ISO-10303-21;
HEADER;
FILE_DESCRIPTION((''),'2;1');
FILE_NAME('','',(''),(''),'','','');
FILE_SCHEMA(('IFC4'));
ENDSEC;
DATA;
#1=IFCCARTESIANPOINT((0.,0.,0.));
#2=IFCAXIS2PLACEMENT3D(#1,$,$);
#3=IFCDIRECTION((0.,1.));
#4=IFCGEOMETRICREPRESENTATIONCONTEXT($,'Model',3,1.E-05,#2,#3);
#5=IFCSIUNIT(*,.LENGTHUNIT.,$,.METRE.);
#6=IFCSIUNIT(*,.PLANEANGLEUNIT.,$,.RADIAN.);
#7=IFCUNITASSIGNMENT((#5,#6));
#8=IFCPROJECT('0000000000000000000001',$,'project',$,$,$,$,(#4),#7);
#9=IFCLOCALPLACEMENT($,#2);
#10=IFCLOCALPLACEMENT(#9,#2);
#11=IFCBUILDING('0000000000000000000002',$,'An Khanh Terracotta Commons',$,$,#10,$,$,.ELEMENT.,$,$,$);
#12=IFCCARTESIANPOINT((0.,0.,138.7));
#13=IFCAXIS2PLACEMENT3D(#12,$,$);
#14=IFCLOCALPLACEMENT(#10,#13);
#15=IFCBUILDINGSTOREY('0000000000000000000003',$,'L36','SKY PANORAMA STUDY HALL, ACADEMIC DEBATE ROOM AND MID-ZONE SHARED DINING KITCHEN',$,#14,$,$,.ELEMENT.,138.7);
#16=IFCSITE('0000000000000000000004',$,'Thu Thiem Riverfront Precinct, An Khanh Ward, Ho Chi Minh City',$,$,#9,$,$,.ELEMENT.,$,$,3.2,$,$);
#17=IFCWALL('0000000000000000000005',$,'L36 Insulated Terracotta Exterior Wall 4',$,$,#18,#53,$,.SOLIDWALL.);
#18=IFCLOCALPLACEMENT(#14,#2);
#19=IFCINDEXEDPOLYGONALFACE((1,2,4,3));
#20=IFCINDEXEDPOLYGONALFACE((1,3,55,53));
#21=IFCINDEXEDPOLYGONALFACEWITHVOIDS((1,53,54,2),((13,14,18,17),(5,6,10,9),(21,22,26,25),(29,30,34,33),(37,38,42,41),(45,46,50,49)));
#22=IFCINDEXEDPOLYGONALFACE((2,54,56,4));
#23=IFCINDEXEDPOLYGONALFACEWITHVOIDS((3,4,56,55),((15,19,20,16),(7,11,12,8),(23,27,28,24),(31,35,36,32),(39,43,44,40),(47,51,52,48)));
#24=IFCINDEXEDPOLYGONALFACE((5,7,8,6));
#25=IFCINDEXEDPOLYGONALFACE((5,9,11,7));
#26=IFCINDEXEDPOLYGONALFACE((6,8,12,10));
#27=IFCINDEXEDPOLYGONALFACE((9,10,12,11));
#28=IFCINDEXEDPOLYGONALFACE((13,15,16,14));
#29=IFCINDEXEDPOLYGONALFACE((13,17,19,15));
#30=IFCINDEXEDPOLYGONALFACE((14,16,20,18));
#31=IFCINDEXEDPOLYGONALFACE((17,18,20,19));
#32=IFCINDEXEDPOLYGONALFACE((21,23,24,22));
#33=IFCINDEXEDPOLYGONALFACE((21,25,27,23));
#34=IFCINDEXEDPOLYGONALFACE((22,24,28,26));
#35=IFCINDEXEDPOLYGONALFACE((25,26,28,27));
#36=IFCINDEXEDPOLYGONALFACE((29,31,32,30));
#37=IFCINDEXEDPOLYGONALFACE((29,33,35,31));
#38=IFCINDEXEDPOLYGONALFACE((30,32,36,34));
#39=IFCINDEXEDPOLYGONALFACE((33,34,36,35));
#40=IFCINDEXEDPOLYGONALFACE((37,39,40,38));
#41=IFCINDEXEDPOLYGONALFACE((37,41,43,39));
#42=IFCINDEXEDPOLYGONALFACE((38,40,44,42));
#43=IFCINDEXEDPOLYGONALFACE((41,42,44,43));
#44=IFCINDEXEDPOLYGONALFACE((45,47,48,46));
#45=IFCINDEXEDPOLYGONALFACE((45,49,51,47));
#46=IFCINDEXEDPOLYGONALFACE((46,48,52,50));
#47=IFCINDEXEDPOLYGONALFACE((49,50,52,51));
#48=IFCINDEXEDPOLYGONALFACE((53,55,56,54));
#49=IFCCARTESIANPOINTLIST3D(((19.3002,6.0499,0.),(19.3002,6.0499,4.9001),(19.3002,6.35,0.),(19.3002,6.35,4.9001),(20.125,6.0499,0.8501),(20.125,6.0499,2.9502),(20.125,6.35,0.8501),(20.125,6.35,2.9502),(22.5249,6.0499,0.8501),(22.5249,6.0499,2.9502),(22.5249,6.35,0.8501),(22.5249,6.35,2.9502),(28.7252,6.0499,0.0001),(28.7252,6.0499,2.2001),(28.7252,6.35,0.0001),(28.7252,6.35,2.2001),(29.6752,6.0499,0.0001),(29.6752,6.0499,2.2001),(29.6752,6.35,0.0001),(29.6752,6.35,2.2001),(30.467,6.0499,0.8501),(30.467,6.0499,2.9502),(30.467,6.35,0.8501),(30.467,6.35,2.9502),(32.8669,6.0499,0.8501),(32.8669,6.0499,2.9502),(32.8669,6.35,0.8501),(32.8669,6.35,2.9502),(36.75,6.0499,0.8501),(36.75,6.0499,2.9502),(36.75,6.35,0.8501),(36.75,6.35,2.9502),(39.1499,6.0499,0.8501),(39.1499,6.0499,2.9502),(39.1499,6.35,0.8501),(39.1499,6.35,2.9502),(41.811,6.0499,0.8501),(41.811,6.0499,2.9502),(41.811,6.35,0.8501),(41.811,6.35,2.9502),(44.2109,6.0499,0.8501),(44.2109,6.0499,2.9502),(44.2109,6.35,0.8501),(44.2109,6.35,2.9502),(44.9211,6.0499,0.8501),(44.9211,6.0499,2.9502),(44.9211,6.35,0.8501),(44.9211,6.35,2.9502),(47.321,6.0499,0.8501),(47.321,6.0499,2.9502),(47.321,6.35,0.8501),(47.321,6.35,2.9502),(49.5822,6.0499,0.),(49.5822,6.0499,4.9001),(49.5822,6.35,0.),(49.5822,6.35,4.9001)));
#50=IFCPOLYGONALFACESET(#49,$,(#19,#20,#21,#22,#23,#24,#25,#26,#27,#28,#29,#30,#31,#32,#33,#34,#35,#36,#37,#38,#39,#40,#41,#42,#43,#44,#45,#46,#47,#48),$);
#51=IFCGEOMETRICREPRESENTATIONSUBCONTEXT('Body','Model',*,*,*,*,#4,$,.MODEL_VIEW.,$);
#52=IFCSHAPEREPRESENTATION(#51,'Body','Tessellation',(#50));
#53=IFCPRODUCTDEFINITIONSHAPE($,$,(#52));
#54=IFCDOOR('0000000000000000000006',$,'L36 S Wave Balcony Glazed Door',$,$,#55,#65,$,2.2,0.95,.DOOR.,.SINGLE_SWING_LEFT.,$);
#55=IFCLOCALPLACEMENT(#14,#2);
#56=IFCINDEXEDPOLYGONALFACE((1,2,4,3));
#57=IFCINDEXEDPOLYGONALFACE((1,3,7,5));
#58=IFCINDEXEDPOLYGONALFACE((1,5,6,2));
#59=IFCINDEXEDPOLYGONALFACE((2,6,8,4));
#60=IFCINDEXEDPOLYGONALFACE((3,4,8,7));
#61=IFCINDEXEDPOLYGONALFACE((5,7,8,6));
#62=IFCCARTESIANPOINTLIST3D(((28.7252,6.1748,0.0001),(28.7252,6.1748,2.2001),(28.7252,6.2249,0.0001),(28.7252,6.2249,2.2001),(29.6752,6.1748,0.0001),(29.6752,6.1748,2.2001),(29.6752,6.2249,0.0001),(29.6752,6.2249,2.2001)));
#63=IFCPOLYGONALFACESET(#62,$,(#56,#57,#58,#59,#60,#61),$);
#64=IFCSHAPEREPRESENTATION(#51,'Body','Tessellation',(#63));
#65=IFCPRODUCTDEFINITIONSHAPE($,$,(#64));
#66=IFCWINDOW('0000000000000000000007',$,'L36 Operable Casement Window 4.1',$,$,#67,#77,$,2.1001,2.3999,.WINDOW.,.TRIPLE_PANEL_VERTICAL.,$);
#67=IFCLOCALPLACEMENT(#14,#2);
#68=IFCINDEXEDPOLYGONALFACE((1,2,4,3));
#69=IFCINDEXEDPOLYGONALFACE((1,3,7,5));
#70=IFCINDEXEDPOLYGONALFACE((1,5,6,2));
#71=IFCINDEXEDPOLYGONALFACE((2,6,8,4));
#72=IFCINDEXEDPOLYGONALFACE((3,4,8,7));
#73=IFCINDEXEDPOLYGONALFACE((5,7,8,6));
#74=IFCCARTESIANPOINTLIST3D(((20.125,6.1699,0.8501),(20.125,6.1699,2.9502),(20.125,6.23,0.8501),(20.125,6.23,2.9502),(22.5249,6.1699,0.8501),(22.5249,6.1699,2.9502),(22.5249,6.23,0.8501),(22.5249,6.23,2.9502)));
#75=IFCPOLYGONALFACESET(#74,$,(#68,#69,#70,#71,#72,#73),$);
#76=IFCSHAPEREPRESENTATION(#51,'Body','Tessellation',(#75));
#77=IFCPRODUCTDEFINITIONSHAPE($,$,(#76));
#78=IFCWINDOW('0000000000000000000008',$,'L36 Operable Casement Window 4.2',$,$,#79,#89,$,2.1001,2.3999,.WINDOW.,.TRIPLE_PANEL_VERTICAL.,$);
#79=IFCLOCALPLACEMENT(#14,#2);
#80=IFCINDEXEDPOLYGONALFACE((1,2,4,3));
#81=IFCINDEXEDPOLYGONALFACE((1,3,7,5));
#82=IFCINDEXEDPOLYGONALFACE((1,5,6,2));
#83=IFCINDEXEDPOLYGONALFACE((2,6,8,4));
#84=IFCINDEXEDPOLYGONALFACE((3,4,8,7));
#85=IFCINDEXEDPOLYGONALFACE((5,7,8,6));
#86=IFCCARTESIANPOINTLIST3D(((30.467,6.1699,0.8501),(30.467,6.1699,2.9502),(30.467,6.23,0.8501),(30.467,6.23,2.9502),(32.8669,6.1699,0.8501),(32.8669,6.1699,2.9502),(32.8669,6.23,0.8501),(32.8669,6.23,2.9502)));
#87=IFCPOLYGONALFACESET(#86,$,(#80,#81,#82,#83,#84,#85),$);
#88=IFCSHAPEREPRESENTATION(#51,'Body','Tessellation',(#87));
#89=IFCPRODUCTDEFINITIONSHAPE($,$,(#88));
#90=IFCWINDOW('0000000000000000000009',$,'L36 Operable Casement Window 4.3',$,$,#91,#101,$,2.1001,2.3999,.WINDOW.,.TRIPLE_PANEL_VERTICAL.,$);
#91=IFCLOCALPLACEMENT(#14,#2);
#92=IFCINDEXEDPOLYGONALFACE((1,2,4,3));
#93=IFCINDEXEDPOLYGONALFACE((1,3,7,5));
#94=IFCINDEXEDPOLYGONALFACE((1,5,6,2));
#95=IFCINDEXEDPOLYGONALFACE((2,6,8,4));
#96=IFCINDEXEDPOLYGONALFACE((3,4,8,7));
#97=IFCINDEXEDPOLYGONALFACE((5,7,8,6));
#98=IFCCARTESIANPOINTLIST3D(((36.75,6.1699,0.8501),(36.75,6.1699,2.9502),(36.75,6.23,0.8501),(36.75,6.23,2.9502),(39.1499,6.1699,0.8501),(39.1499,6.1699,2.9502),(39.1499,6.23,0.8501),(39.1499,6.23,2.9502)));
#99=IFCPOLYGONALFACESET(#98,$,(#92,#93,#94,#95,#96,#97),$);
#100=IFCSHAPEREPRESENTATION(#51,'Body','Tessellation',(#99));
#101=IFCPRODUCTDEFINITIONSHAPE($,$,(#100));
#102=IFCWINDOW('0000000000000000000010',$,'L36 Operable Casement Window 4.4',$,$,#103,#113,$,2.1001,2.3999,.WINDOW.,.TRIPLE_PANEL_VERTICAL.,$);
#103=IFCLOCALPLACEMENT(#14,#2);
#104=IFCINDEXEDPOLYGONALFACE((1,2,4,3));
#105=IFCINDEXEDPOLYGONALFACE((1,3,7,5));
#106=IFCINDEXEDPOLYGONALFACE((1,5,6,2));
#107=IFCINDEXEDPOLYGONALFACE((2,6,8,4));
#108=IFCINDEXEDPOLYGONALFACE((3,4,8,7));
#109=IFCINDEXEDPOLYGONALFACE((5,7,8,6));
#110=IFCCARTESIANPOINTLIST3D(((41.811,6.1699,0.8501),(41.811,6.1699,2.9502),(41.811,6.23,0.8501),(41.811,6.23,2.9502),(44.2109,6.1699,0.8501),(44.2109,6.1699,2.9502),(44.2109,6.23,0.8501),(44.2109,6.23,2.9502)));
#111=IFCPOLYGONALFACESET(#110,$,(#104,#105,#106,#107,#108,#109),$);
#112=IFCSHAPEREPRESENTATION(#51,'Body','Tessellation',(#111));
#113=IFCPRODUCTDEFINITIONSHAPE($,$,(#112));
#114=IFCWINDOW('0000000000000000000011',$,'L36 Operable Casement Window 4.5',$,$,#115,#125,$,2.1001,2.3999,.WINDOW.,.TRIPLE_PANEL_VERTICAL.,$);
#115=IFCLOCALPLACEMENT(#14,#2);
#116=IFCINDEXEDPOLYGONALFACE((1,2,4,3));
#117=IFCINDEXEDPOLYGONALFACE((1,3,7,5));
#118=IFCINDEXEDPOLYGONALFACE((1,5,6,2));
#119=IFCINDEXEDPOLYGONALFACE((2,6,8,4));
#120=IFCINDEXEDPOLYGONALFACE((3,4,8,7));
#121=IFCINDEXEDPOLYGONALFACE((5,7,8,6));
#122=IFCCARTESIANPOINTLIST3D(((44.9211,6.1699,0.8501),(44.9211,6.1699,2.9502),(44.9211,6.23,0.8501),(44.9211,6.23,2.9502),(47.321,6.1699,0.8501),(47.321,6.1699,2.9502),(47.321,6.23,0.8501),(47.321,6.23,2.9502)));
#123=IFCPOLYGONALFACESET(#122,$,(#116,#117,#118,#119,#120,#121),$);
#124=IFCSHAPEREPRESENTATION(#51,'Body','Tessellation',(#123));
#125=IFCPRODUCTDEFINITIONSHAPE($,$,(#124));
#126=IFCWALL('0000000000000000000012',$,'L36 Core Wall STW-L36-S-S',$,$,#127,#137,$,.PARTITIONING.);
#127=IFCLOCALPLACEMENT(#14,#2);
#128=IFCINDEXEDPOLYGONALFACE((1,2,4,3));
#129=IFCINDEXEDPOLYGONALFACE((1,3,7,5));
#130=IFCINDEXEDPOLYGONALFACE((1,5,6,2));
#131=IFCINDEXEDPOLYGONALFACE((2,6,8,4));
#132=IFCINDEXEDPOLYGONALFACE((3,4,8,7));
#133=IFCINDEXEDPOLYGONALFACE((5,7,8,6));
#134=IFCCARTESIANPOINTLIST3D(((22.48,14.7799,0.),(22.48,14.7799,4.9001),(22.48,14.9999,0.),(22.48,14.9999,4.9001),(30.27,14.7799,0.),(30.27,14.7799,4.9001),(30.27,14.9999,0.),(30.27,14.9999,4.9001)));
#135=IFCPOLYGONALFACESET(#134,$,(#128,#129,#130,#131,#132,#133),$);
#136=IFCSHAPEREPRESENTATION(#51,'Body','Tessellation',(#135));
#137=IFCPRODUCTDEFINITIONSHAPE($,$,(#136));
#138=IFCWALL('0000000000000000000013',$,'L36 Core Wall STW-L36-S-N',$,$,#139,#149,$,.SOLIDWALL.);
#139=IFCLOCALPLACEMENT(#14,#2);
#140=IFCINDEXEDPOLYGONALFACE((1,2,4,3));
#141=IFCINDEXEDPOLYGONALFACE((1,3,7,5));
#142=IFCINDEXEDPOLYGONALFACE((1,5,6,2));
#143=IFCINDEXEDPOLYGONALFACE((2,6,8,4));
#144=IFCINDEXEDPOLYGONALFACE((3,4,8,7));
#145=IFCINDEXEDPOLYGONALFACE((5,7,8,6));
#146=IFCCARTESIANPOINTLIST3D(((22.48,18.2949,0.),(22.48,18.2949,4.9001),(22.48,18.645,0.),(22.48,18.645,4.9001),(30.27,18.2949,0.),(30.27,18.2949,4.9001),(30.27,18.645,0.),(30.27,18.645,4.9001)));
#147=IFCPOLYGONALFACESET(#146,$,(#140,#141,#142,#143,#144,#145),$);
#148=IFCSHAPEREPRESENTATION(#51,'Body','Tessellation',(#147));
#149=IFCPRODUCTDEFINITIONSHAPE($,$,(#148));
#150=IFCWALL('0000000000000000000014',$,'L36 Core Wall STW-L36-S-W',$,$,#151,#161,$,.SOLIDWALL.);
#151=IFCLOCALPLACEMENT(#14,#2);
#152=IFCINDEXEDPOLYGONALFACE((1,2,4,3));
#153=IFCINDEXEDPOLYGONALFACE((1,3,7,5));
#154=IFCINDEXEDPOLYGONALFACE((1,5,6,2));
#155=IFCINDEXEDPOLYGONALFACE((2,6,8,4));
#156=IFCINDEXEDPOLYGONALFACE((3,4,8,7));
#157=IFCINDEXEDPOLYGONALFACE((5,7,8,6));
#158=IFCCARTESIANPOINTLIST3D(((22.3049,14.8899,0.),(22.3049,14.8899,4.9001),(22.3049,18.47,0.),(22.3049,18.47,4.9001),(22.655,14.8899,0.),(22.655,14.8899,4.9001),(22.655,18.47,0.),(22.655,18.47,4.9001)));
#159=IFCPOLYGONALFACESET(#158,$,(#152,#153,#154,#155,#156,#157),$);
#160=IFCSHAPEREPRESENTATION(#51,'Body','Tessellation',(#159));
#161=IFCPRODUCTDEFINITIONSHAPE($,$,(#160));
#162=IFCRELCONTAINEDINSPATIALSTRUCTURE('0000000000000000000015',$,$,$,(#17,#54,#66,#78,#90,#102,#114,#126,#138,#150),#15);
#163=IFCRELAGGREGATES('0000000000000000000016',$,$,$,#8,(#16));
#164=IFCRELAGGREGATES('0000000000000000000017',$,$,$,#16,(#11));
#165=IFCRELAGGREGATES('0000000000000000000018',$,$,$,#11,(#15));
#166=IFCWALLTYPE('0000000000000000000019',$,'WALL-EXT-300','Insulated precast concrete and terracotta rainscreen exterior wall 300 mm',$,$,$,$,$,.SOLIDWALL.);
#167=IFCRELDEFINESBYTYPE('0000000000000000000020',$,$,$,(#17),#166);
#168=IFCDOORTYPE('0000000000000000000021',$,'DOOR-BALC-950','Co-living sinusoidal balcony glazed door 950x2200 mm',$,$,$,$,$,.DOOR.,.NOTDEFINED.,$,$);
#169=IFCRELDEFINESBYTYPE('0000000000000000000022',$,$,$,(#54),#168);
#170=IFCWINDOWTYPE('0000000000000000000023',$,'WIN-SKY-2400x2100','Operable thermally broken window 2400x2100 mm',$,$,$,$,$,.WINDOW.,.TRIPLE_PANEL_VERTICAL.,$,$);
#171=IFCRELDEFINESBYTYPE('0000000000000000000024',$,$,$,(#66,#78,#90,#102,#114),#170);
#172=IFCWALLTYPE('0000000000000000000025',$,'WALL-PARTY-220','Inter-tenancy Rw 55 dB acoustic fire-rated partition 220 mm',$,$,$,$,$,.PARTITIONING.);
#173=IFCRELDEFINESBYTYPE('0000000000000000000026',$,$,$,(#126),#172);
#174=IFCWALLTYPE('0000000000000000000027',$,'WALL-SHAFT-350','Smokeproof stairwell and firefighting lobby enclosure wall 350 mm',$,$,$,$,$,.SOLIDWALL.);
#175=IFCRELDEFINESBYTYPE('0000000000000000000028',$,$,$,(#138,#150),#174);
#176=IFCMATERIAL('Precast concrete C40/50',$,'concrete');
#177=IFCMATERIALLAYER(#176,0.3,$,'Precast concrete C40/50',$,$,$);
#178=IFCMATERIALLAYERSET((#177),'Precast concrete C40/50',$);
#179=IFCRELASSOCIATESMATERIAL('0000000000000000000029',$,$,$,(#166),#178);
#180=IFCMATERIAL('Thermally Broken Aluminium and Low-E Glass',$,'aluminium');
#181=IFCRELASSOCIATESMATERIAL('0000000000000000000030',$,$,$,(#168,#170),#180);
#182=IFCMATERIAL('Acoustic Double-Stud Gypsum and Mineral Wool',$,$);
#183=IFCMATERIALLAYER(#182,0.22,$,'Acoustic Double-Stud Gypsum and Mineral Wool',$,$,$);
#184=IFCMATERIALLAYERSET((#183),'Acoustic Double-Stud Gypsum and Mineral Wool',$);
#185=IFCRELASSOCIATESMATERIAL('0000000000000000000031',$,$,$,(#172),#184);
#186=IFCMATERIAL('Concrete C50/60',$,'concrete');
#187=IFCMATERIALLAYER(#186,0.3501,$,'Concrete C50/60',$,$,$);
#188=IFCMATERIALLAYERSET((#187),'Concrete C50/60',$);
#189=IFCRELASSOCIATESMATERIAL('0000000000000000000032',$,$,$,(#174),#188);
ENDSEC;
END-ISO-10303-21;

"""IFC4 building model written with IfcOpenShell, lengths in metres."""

from ifc_helpers import new_model, si_unit, direction, frame, frame_2d, origin, place, context, subcontext, project, spatial, rectangle, extrude, material, layer, layer_set, type_object, element, fill, save


model = new_model("IFC4")

# Units and contexts
model_context = context("Model", 3, precision=1e-05, world=origin(), true_north=direction((0.0, 1.0)))
body_context = subcontext(model_context, "Body", "Model", "MODEL_VIEW")
ifc_project = project(units=[si_unit("LENGTHUNIT", "METRE"), si_unit("PLANEANGLEUNIT", "RADIAN")], contexts=[model_context])

# Site, building, storey
site_placement = place(None, origin())
site = spatial("IfcSite", under=ifc_project, at=site_placement, Name="Thu Thiem Riverfront Precinct, An Khanh Ward, Ho Chi Minh City", CompositionType="ELEMENT", RefElevation=3.2)
building_placement = place(site_placement, origin())
building = spatial("IfcBuilding", under=site, at=building_placement, Name="An Khanh Terracotta Commons", CompositionType="ELEMENT")
storey_placement = place(building_placement, frame((0.0, 0.0, 138.7)))
storey = spatial("IfcBuildingStorey", under=building, at=storey_placement, Name="L36", Description="SKY PANORAMA STUDY HALL, ACADEMIC DEBATE ROOM AND MID-ZONE SHARED DINING KITCHEN", CompositionType="ELEMENT", Elevation=138.7)

# Shared definitions
ifc_material_1 = material(Name="Precast concrete C40/50", Category="concrete")
ifc_layer_1 = layer(ifc_material_1, 0.3, Name="Precast concrete C40/50")
ifc_layer_set_1 = layer_set([ifc_layer_1], Name="Precast concrete C40/50")
wall_type_1 = type_object("IfcWallType", Name="WALL-EXT-300", Description="Insulated precast concrete and terracotta rainscreen exterior wall 300 mm", PredefinedType="SOLIDWALL", material=ifc_layer_set_1)

# Wall, openings, door, windows
wall_1_placement = place(storey_placement, frame((19.3, 6.2, 0.0), z_axis=(0.0, 0.0, 1.0), x_axis=(1.0, 0.0, 0.0)))
wall_1 = element("IfcWall", 1, at=wall_1_placement, inside=storey, type_object=wall_type_1, Name="L36 Insulated Terracotta Exterior Wall 4", PredefinedType="SOLIDWALL", context=body_context, shape_type="SweptSolid", body=[
    extrude(rectangle(XDim=30.282, YDim=0.3, at=frame_2d((15.1411, 0.0))), origin(), (0.0, 0.0, 1.0), 4.9001),
])
opening_1_placement = place(wall_1_placement, frame((9.425, 0.0, 0.0)))
opening_1 = element("IfcOpeningElement", 2, at=opening_1_placement, cuts=wall_1, PredefinedType="OPENING", context=body_context, shape_type="SweptSolid", body=[
    extrude(rectangle(XDim=0.95, YDim=2.2, at=frame_2d((0.4751, 1.1001))), frame((0.0, 0.1599, 0.0), z_axis=(0.0, -1.0, 0.0), x_axis=(1.0, 0.0, 0.0)), (0.0, 0.0, 1.0), 0.3201),
])
opening_2_placement = place(wall_1_placement, frame((0.825, 0.0, 0.8501)))
opening_2 = element("IfcOpeningElement", 3, at=opening_2_placement, cuts=wall_1, PredefinedType="OPENING", context=body_context, shape_type="SweptSolid", body=[
    extrude(rectangle(XDim=2.3999, YDim=2.1001, at=frame_2d((1.2, 1.05))), frame((0.0, 0.1599, 0.0), z_axis=(0.0, -1.0, 0.0), x_axis=(1.0, 0.0, 0.0)), (0.0, 0.0, 1.0), 0.3201),
])
opening_3_placement = place(wall_1_placement, frame((11.167, 0.0, 0.8501)))
opening_3 = element("IfcOpeningElement", 4, at=opening_3_placement, cuts=wall_1, PredefinedType="OPENING", context=body_context, shape_type="SweptSolid", body=[
    extrude(rectangle(XDim=2.3999, YDim=2.1001, at=frame_2d((1.2, 1.05))), frame((0.0, 0.1599, 0.0), z_axis=(0.0, -1.0, 0.0), x_axis=(1.0, 0.0, 0.0)), (0.0, 0.0, 1.0), 0.3201),
])
opening_4_placement = place(wall_1_placement, frame((17.45, 0.0, 0.8501)))
opening_4 = element("IfcOpeningElement", 5, at=opening_4_placement, cuts=wall_1, PredefinedType="OPENING", context=body_context, shape_type="SweptSolid", body=[
    extrude(rectangle(XDim=2.3999, YDim=2.1001, at=frame_2d((1.2, 1.05))), frame((0.0, 0.1599, 0.0), z_axis=(0.0, -1.0, 0.0), x_axis=(1.0, 0.0, 0.0)), (0.0, 0.0, 1.0), 0.3201),
])
opening_5_placement = place(wall_1_placement, frame((22.511, 0.0, 0.8501)))
opening_5 = element("IfcOpeningElement", 6, at=opening_5_placement, cuts=wall_1, PredefinedType="OPENING", context=body_context, shape_type="SweptSolid", body=[
    extrude(rectangle(XDim=2.3999, YDim=2.1001, at=frame_2d((1.2, 1.05))), frame((0.0, 0.1599, 0.0), z_axis=(0.0, -1.0, 0.0), x_axis=(1.0, 0.0, 0.0)), (0.0, 0.0, 1.0), 0.3201),
])
opening_6_placement = place(wall_1_placement, frame((25.6211, 0.0, 0.8501)))
opening_6 = element("IfcOpeningElement", 7, at=opening_6_placement, cuts=wall_1, PredefinedType="OPENING", context=body_context, shape_type="SweptSolid", body=[
    extrude(rectangle(XDim=2.3999, YDim=2.1001, at=frame_2d((1.2, 1.05))), frame((0.0, 0.1599, 0.0), z_axis=(0.0, -1.0, 0.0), x_axis=(1.0, 0.0, 0.0)), (0.0, 0.0, 1.0), 0.3201),
])
ifc_material_2 = material(Name="Thermally Broken Aluminium and Low-E Glass", Category="aluminium")
door_type_1 = type_object("IfcDoorType", Name="DOOR-BALC-950", Description="Co-living sinusoidal balcony glazed door 950x2200 mm", OperationType="NOTDEFINED", PredefinedType="DOOR", material=ifc_material_2)
door_1_placement = place(opening_1_placement, origin())
door_1 = element("IfcDoor", 8, at=door_1_placement, inside=storey, type_object=door_type_1, Name="L36 S Wave Balcony Glazed Door", OperationType="SINGLE_SWING_LEFT", OverallHeight=2.2, OverallWidth=0.95, PredefinedType="DOOR", context=body_context, shape_type="SweptSolid", body=[
    extrude(rectangle(XDim=0.95, YDim=2.2, at=frame_2d((0.4751, 1.1001))), frame((0.0, 0.0249, 0.0), z_axis=(0.0, -1.0, 0.0), x_axis=(1.0, 0.0, 0.0)), (0.0, 0.0, 1.0), 0.05),
])
fill(opening_1, door_1)
window_type = type_object("IfcWindowType", Name="WIN-SKY-2400x2100", Description="Operable thermally broken window 2400x2100 mm", PartitioningType="TRIPLE_PANEL_VERTICAL", PredefinedType="WINDOW", material=ifc_material_2)
window_1_placement = place(opening_2_placement, origin())
window_1 = element("IfcWindow", 9, at=window_1_placement, inside=storey, type_object=window_type, Name="L36 Operable Casement Window 4.1", OverallHeight=2.1001, OverallWidth=2.3999, PartitioningType="TRIPLE_PANEL_VERTICAL", PredefinedType="WINDOW", context=body_context, shape_type="SweptSolid", body=[
    extrude(rectangle(XDim=2.3999, YDim=2.1001, at=frame_2d((1.2, 1.05))), frame((0.0, 0.03, 0.0), z_axis=(0.0, -1.0, 0.0), x_axis=(1.0, 0.0, 0.0)), (0.0, 0.0, 1.0), 0.0601),
])
fill(opening_2, window_1)
window_2_placement = place(opening_3_placement, origin())
window_2 = element("IfcWindow", 10, at=window_2_placement, inside=storey, type_object=window_type, Name="L36 Operable Casement Window 4.2", OverallHeight=2.1001, OverallWidth=2.3999, PartitioningType="TRIPLE_PANEL_VERTICAL", PredefinedType="WINDOW", context=body_context, shape_type="SweptSolid", body=[
    extrude(rectangle(XDim=2.3999, YDim=2.1001, at=frame_2d((1.2, 1.05))), frame((0.0, 0.03, 0.0), z_axis=(0.0, -1.0, 0.0), x_axis=(1.0, 0.0, 0.0)), (0.0, 0.0, 1.0), 0.0601),
])
fill(opening_3, window_2)
window_3_placement = place(opening_4_placement, origin())
window_3 = element("IfcWindow", 11, at=window_3_placement, inside=storey, type_object=window_type, Name="L36 Operable Casement Window 4.3", OverallHeight=2.1001, OverallWidth=2.3999, PartitioningType="TRIPLE_PANEL_VERTICAL", PredefinedType="WINDOW", context=body_context, shape_type="SweptSolid", body=[
    extrude(rectangle(XDim=2.3999, YDim=2.1001, at=frame_2d((1.2, 1.05))), frame((0.0, 0.03, 0.0), z_axis=(0.0, -1.0, 0.0), x_axis=(1.0, 0.0, 0.0)), (0.0, 0.0, 1.0), 0.0601),
])
fill(opening_4, window_3)
window_4_placement = place(opening_5_placement, origin())
window_4 = element("IfcWindow", 12, at=window_4_placement, inside=storey, type_object=window_type, Name="L36 Operable Casement Window 4.4", OverallHeight=2.1001, OverallWidth=2.3999, PartitioningType="TRIPLE_PANEL_VERTICAL", PredefinedType="WINDOW", context=body_context, shape_type="SweptSolid", body=[
    extrude(rectangle(XDim=2.3999, YDim=2.1001, at=frame_2d((1.2, 1.05))), frame((0.0, 0.03, 0.0), z_axis=(0.0, -1.0, 0.0), x_axis=(1.0, 0.0, 0.0)), (0.0, 0.0, 1.0), 0.0601),
])
fill(opening_5, window_4)
window_5_placement = place(opening_6_placement, origin())
window_5 = element("IfcWindow", 13, at=window_5_placement, inside=storey, type_object=window_type, Name="L36 Operable Casement Window 4.5", OverallHeight=2.1001, OverallWidth=2.3999, PartitioningType="TRIPLE_PANEL_VERTICAL", PredefinedType="WINDOW", context=body_context, shape_type="SweptSolid", body=[
    extrude(rectangle(XDim=2.3999, YDim=2.1001, at=frame_2d((1.2, 1.05))), frame((0.0, 0.03, 0.0), z_axis=(0.0, -1.0, 0.0), x_axis=(1.0, 0.0, 0.0)), (0.0, 0.0, 1.0), 0.0601),
])
fill(opening_6, window_5)

# Walls
ifc_material_3 = material(Name="Acoustic Double-Stud Gypsum and Mineral Wool")
ifc_layer_2 = layer(ifc_material_3, 0.22, Name="Acoustic Double-Stud Gypsum and Mineral Wool")
ifc_layer_set_2 = layer_set([ifc_layer_2], Name="Acoustic Double-Stud Gypsum and Mineral Wool")
wall_type_2 = type_object("IfcWallType", Name="WALL-PARTY-220", Description="Inter-tenancy Rw 55 dB acoustic fire-rated partition 220 mm", PredefinedType="PARTITIONING", material=ifc_layer_set_2)
wall_2_placement = place(storey_placement, frame((22.48, 14.8899, 0.0), z_axis=(0.0, 0.0, 1.0), x_axis=(1.0, 0.0, 0.0)))
element("IfcWall", 14, at=wall_2_placement, inside=storey, type_object=wall_type_2, Name="L36 Core Wall STW-L36-S-S", PredefinedType="PARTITIONING", context=body_context, shape_type="SweptSolid", body=[
    extrude(rectangle(XDim=7.79, YDim=0.22, at=frame_2d((3.895, 0.0))), origin(), (0.0, 0.0, 1.0), 4.9001),
])
ifc_material_4 = material(Name="Concrete C50/60", Category="concrete")
ifc_layer_3 = layer(ifc_material_4, 0.3501, Name="Concrete C50/60")
ifc_layer_set_3 = layer_set([ifc_layer_3], Name="Concrete C50/60")
wall_type_3 = type_object("IfcWallType", Name="WALL-SHAFT-350", Description="Smokeproof stairwell and firefighting lobby enclosure wall 350 mm", PredefinedType="SOLIDWALL", material=ifc_layer_set_3)
wall_3_placement = place(storey_placement, frame((22.48, 18.47, 0.0), z_axis=(0.0, 0.0, 1.0), x_axis=(1.0, 0.0, 0.0)))
element("IfcWall", 15, at=wall_3_placement, inside=storey, type_object=wall_type_3, Name="L36 Core Wall STW-L36-S-N", PredefinedType="SOLIDWALL", context=body_context, shape_type="SweptSolid", body=[
    extrude(rectangle(XDim=7.79, YDim=0.3501, at=frame_2d((3.895, 0.0))), origin(), (0.0, 0.0, 1.0), 4.9001),
])
wall_4_placement = place(storey_placement, frame((22.48, 14.8899, 0.0), z_axis=(0.0, 0.0, 1.0), x_axis=(0.0, 1.0, 0.0)))
element("IfcWall", 16, at=wall_4_placement, inside=storey, type_object=wall_type_3, Name="L36 Core Wall STW-L36-S-W", PredefinedType="SOLIDWALL", context=body_context, shape_type="SweptSolid", body=[
    extrude(rectangle(XDim=3.5801, YDim=0.3501, at=frame_2d((1.79, 0.0))), origin(), (0.0, 0.0, 1.0), 4.9001),
])

save(model, "model.ifc")
